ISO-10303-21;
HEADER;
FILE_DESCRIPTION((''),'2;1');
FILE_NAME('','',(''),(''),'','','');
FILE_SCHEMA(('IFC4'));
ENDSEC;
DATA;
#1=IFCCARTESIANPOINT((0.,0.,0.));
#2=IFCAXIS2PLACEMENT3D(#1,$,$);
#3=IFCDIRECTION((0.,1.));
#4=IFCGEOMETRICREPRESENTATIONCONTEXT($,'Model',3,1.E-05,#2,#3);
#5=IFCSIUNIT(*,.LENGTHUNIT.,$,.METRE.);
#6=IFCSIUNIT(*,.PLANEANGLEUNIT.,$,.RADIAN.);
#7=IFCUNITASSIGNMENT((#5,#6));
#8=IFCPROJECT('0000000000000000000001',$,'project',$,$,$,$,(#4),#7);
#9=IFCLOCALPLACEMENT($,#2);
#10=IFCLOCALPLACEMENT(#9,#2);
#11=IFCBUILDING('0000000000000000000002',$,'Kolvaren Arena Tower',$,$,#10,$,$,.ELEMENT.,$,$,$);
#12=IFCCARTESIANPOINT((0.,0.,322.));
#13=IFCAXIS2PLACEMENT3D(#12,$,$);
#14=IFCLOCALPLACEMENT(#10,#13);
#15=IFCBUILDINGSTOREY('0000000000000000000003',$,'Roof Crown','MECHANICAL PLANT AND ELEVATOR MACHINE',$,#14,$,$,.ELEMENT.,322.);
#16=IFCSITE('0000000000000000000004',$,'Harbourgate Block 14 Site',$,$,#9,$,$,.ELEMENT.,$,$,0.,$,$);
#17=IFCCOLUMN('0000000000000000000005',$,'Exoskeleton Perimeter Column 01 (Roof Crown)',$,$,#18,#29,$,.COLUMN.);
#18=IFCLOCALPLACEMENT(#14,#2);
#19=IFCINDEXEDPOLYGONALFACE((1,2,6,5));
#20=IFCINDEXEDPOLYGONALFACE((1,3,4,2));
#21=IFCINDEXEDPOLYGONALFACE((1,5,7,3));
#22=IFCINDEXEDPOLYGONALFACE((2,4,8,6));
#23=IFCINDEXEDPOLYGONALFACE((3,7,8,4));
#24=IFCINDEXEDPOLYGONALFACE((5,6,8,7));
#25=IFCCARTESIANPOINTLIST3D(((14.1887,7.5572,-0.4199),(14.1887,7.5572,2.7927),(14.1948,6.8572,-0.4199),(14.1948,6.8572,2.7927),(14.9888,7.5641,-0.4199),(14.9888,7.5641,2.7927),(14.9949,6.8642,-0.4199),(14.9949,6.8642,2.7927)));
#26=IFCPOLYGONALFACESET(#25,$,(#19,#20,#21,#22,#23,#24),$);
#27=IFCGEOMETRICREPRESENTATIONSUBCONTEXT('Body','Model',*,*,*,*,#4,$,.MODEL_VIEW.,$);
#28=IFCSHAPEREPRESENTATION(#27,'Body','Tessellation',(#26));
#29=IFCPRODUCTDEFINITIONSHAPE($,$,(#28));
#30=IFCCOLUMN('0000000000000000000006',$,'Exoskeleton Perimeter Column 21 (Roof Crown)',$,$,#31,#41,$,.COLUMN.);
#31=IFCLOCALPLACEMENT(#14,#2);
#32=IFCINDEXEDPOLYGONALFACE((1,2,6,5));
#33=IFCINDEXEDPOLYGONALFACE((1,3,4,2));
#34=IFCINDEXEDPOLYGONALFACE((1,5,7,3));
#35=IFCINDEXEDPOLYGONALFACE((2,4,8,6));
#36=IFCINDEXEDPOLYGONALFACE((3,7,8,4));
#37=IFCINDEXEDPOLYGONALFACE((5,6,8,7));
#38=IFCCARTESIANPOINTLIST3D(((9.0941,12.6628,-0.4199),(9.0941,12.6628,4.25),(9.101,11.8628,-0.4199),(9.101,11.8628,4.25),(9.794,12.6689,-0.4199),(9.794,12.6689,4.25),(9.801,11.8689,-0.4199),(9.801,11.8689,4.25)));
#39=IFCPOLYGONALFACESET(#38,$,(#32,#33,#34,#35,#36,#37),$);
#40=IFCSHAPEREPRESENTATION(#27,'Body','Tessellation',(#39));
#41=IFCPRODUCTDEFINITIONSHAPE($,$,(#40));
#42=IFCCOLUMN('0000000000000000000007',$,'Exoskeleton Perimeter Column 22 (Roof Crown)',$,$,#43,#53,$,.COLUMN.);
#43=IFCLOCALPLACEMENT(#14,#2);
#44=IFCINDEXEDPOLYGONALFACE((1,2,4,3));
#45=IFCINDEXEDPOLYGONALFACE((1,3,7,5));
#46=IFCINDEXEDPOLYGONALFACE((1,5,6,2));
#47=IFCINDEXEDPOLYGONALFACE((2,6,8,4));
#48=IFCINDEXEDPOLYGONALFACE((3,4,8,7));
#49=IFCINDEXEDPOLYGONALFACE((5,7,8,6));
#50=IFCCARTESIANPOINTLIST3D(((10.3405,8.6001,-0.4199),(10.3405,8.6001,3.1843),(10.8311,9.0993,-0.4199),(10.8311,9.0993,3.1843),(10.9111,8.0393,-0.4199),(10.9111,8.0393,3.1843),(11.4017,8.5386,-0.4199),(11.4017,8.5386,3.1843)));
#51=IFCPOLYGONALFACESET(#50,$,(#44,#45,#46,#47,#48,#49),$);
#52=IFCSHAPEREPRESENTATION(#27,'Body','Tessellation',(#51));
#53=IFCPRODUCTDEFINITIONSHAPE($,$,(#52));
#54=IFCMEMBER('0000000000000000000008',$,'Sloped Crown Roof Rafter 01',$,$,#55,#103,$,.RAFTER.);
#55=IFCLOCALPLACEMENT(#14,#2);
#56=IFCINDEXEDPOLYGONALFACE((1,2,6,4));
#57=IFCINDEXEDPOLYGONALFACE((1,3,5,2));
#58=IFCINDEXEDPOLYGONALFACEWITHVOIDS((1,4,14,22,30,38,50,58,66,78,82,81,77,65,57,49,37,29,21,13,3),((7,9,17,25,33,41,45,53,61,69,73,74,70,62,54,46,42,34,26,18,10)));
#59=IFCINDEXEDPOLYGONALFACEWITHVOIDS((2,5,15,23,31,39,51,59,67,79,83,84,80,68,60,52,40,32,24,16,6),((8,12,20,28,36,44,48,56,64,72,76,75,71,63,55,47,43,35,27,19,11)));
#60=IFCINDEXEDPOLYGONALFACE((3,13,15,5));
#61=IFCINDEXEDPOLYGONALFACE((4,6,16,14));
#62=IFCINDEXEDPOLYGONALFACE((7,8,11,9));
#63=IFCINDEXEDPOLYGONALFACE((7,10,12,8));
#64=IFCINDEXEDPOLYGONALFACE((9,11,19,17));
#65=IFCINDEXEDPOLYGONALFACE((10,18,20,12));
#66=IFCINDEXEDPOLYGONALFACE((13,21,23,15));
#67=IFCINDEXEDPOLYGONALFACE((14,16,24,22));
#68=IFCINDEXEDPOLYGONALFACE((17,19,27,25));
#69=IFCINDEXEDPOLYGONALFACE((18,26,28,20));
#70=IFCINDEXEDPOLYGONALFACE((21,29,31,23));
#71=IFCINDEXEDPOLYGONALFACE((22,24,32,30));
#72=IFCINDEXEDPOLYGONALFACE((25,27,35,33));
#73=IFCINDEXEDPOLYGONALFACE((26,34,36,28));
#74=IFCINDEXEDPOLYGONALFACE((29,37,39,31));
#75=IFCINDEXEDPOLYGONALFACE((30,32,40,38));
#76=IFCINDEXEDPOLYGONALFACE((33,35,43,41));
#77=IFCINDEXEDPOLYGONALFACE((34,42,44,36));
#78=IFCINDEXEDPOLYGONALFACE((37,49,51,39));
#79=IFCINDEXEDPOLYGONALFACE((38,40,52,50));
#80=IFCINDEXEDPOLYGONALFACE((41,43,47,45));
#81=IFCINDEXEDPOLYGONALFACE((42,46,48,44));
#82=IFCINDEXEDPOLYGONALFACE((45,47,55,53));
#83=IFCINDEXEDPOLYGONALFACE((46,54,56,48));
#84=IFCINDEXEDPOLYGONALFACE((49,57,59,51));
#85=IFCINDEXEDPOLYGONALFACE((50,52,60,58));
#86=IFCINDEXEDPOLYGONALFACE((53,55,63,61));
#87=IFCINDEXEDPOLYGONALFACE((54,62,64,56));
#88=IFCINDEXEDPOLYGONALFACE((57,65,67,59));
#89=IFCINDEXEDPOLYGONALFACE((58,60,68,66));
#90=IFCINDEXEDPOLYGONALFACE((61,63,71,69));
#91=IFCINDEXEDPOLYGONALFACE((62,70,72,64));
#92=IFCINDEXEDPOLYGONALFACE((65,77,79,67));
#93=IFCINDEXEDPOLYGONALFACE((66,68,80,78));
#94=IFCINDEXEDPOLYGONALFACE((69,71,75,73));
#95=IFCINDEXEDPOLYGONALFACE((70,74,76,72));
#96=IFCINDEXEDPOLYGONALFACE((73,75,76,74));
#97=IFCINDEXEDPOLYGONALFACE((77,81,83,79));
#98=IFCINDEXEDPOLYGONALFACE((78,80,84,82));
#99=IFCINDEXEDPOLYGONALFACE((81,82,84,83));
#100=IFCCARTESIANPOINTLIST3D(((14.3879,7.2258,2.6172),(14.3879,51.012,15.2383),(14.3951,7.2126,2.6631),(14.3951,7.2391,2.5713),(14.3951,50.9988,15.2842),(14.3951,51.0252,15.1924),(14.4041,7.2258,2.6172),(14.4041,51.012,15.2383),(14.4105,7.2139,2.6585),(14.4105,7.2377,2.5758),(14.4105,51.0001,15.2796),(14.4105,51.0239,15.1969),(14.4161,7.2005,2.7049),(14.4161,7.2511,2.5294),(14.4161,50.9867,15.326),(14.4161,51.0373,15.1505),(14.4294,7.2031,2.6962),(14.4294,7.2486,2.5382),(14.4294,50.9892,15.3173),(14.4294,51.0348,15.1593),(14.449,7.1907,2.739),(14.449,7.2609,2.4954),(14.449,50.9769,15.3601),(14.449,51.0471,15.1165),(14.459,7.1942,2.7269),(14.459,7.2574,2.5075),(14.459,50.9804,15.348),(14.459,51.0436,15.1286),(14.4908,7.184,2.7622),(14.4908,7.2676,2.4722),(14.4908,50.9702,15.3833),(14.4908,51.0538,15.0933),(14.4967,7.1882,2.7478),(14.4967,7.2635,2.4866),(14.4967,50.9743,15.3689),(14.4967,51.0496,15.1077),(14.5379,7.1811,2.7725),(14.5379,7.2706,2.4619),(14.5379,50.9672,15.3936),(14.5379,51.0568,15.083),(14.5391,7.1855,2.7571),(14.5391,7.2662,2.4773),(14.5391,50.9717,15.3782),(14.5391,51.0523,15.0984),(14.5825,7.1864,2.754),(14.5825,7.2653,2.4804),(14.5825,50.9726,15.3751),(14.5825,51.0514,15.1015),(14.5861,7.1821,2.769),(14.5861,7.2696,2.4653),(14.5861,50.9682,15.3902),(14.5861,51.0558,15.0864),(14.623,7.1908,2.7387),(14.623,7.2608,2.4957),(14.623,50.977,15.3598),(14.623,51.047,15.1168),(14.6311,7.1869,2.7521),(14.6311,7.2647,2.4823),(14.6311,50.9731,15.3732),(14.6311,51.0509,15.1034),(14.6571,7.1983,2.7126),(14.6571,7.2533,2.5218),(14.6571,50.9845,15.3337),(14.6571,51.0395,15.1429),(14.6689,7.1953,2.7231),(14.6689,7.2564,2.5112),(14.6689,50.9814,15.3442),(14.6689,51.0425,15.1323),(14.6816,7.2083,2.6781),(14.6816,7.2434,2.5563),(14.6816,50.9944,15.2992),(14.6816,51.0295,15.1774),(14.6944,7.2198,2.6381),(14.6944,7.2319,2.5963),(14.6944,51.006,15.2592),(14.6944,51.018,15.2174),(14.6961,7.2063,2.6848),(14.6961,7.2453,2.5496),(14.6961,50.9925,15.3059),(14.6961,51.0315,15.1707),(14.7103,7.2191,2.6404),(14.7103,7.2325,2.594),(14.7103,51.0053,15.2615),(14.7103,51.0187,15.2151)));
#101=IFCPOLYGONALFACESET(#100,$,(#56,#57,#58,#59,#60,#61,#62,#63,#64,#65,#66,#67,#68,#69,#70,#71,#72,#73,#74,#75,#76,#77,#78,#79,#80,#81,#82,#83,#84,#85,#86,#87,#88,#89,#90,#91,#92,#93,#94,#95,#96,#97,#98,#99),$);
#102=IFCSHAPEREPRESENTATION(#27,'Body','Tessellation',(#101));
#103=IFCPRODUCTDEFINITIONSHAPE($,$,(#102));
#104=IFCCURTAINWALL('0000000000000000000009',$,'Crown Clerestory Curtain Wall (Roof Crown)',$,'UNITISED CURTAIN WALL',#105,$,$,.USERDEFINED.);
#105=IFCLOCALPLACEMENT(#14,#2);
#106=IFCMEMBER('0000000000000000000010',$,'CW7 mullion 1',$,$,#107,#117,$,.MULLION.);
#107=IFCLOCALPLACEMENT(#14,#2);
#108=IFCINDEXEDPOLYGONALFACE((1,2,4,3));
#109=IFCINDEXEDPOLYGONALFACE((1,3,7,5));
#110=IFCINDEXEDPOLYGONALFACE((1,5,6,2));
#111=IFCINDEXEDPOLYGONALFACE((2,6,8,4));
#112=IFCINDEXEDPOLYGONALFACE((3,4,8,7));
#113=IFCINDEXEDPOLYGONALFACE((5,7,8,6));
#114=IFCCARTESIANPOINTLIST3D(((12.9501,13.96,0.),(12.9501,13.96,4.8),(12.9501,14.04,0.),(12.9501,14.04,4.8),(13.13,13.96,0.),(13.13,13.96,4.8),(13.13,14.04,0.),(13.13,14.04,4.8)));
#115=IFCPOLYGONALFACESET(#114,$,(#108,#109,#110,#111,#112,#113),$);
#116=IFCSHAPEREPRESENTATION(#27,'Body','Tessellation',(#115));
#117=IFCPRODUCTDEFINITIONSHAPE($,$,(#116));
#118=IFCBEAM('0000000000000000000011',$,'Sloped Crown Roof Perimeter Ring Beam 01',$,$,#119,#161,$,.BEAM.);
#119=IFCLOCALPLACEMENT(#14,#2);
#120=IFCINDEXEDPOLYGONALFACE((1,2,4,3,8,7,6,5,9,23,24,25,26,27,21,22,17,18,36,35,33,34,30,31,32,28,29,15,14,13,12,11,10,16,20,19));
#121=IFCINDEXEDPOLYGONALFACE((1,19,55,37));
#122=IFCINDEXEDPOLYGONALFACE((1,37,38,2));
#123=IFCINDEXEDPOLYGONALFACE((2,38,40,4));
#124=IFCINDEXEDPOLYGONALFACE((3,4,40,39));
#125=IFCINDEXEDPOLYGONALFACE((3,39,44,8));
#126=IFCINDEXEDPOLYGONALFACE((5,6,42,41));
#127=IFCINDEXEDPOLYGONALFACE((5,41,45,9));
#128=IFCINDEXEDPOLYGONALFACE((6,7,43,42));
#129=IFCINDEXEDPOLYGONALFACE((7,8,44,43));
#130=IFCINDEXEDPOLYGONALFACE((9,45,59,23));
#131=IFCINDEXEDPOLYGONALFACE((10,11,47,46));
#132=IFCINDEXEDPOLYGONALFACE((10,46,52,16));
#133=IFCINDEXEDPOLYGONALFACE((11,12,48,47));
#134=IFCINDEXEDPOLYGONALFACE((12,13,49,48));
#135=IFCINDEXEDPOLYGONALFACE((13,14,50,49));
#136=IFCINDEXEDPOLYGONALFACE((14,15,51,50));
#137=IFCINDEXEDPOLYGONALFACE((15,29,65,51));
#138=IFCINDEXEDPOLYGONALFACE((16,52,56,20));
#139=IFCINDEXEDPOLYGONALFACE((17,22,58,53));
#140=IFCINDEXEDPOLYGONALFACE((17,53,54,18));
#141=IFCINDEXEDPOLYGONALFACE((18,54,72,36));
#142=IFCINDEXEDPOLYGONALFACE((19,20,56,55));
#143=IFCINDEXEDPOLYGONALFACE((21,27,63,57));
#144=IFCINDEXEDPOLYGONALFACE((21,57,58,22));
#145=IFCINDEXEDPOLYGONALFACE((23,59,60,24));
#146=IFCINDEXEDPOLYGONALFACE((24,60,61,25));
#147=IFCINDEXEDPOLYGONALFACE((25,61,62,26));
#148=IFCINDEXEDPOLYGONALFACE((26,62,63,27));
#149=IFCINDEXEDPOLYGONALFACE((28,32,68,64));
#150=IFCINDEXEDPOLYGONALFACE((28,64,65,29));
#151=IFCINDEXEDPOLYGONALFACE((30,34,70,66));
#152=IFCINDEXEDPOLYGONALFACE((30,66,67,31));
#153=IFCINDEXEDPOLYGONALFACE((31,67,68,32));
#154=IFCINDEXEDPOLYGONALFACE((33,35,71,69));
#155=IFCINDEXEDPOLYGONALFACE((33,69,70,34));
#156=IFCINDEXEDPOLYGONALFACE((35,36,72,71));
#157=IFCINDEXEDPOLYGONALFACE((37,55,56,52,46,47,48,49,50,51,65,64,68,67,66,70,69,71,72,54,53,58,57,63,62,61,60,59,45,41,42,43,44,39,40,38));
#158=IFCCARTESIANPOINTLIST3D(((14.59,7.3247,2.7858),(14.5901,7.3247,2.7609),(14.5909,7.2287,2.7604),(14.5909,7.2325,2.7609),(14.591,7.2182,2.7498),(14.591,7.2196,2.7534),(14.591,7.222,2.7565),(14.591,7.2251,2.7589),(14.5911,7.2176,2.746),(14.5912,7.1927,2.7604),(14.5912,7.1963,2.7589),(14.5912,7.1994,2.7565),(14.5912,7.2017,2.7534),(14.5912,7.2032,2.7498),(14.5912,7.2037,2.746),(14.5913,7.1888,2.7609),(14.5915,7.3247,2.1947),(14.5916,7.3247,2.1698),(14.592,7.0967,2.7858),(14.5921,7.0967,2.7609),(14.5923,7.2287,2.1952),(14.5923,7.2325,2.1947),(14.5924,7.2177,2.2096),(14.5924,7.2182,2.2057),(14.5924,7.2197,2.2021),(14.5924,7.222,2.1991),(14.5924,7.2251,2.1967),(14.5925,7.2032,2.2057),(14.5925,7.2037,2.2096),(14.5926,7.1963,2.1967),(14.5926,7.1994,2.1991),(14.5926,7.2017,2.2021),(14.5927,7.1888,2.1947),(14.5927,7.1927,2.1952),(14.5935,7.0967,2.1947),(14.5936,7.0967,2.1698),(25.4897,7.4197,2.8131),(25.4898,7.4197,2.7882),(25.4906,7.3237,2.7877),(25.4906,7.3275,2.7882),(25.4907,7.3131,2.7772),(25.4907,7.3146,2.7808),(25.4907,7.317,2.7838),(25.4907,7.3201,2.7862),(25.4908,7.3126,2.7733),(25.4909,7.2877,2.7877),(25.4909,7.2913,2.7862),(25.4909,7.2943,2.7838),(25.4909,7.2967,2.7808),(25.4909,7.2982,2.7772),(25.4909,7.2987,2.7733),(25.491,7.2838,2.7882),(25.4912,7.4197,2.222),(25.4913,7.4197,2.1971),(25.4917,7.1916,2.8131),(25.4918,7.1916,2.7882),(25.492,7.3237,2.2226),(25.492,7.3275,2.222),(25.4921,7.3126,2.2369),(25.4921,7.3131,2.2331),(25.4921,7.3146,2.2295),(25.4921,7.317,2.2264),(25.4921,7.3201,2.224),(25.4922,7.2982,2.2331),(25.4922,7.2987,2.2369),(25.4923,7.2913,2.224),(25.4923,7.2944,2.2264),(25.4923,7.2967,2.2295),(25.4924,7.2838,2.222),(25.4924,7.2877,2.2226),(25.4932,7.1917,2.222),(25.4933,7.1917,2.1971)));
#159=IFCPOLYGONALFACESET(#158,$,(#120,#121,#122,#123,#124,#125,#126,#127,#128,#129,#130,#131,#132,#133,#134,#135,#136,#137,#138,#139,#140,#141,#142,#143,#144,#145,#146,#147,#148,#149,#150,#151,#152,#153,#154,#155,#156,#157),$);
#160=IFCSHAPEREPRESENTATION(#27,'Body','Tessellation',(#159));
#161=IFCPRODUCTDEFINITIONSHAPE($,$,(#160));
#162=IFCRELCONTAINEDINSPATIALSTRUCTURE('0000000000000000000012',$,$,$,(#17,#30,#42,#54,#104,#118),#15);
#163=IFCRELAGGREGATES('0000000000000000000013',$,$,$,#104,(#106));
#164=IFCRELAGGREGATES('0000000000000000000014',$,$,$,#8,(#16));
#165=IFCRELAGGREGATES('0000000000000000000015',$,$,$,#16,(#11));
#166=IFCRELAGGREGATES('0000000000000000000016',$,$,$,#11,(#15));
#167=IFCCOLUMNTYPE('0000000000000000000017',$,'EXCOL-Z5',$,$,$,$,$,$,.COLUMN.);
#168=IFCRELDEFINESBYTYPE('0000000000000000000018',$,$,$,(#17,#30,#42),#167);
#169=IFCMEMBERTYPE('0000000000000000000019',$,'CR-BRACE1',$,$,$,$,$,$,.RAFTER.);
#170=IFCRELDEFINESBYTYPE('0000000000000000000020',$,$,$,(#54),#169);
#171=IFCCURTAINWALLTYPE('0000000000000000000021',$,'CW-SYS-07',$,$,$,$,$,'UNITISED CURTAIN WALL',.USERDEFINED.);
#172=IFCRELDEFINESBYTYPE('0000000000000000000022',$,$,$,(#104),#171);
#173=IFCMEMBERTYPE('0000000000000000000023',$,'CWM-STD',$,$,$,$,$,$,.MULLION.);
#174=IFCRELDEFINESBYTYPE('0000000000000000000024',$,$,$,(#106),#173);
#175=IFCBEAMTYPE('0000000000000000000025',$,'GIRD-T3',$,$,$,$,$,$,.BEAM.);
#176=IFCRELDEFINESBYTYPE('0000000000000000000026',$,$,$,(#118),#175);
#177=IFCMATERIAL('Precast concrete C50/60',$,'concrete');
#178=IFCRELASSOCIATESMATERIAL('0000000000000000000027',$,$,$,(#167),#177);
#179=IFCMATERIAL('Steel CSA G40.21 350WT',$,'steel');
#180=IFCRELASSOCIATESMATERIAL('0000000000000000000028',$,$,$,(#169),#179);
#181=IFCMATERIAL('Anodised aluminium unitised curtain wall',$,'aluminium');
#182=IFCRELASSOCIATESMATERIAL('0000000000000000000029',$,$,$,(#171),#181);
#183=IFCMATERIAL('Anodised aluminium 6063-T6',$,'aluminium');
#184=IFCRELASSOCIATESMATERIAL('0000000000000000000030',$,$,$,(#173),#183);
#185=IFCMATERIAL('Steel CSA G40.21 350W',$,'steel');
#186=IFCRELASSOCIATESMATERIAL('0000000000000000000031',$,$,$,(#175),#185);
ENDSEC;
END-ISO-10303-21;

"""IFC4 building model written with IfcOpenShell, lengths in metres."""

from ifc_helpers import new_model, si_unit, direction, frame, origin, origin_2d, place, context, subcontext, project, spatial, rectangle, hollow_circle, i_section, extrude, material, material_profile, profile_set, type_object, element, aggregate, save


model = new_model("IFC4")

# Units and contexts
model_context = context("Model", 3, precision=1e-05, world=origin(), true_north=direction((0.0, 1.0)))
body_context = subcontext(model_context, "Body", "Model", "MODEL_VIEW")
ifc_project = project(units=[si_unit("LENGTHUNIT", "METRE"), si_unit("PLANEANGLEUNIT", "RADIAN")], contexts=[model_context])

# Site, building, storey
site_placement = place(None, origin())
site = spatial("IfcSite", under=ifc_project, at=site_placement, Name="Harbourgate Block 14 Site", CompositionType="ELEMENT", RefElevation=0.0)
building_placement = place(site_placement, origin())
building = spatial("IfcBuilding", under=site, at=building_placement, Name="Kolvaren Arena Tower", CompositionType="ELEMENT")
storey_placement = place(building_placement, frame((0.0, 0.0, 322.0)))
storey = spatial("IfcBuildingStorey", under=building, at=storey_placement, Name="Roof Crown", Description="MECHANICAL PLANT AND ELEVATOR MACHINE", CompositionType="ELEMENT", Elevation=322.0)

# Columns
ifc_material_1 = material(Name="Precast concrete C50/60", Category="concrete")
ifc_material_profile_1 = material_profile(ifc_material_1, rectangle(XDim=0.8, YDim=0.7, at=origin_2d()), Name="RC-800x700")
ifc_profile_set_1 = profile_set([ifc_material_profile_1], Name="Precast concrete C50/60")
column_type = type_object("IfcColumnType", Name="EXCOL-Z5", PredefinedType="COLUMN", material=ifc_profile_set_1)
column_1_placement = place(storey_placement, frame((14.5918, 7.2107, -0.4199), z_axis=(0.0, 0.0, 1.0), x_axis=(0.999962, 0.008727, 0.0)))
element("IfcColumn", 1, at=column_1_placement, inside=storey, type_object=column_type, Name="Exoskeleton Perimeter Column 01 (Roof Crown)", PredefinedType="COLUMN", context=body_context, shape_type="SweptSolid", body=[
    extrude(rectangle(XDim=0.8, YDim=0.7, at=origin_2d()), origin(), (0.0, 0.0, 1.0), 3.2126),
])
column_2_placement = place(storey_placement, frame((9.4475, 12.2659, -0.4199), z_axis=(0.0, 0.0, 1.0), x_axis=(-0.008727, 0.999962, 0.0)))
element("IfcColumn", 2, at=column_2_placement, inside=storey, type_object=column_type, Name="Exoskeleton Perimeter Column 21 (Roof Crown)", PredefinedType="COLUMN", context=body_context, shape_type="SweptSolid", body=[
    extrude(rectangle(XDim=0.8, YDim=0.7, at=origin_2d()), origin(), (0.0, 0.0, 1.0), 4.6699),
])
column_3_placement = place(storey_placement, frame((10.8711, 8.5693, -0.4199), z_axis=(0.0, 0.0, 1.0), x_axis=(-0.71325, 0.700909, 0.0)))
element("IfcColumn", 3, at=column_3_placement, inside=storey, type_object=column_type, Name="Exoskeleton Perimeter Column 22 (Roof Crown)", PredefinedType="COLUMN", context=body_context, shape_type="SweptSolid", body=[
    extrude(rectangle(XDim=0.8, YDim=0.7, at=origin_2d()), origin(), (0.0, 0.0, 1.0), 3.6042),
])

# Member
ifc_material_2 = material(Name="Steel CSA G40.21 350WT", Category="steel")
ifc_material_profile_2 = material_profile(ifc_material_2, hollow_circle(Radius=0.1621, WallThickness=0.0161, at=origin_2d()), Name="CHS 324x16")
ifc_profile_set_2 = profile_set([ifc_material_profile_2], Name="Steel CSA G40.21 350WT")
member_type_1 = type_object("IfcMemberType", Name="CR-BRACE1", PredefinedType="RAFTER", material=ifc_profile_set_2)
member_1_placement = place(storey_placement, frame((14.55, 7.2258, 2.6172), z_axis=(0.0, 0.960879, 0.276968), x_axis=(-1.0, 0.0, 0.0)))
element("IfcMember", 4, at=member_1_placement, inside=storey, type_object=member_type_1, Name="Sloped Crown Roof Rafter 01", PredefinedType="RAFTER", context=body_context, shape_type="SweptSolid", body=[
    extrude(hollow_circle(Radius=0.1621, WallThickness=0.0161, at=origin_2d()), origin(), (0.0, 0.0, 1.0), 45.5688),
])

# Curtain wall, member
ifc_material_3 = material(Name="Anodised aluminium unitised curtain wall", Category="aluminium")
curtain_wall_type = type_object("IfcCurtainWallType", Name="CW-SYS-07", ElementType="UNITISED CURTAIN WALL", PredefinedType="USERDEFINED", material=ifc_material_3)
curtain_wall_placement = place(storey_placement, origin())
curtain_wall = element("IfcCurtainWall", 5, at=curtain_wall_placement, inside=storey, type_object=curtain_wall_type, Name="Crown Clerestory Curtain Wall (Roof Crown)", ObjectType="UNITISED CURTAIN WALL", PredefinedType="USERDEFINED")
ifc_material_4 = material(Name="Anodised aluminium 6063-T6", Category="aluminium")
ifc_material_profile_3 = material_profile(ifc_material_4, rectangle(XDim=0.0801, YDim=0.1799, at=origin_2d()), Name="ALU-80x180")
ifc_profile_set_3 = profile_set([ifc_material_profile_3], Name="Anodised aluminium 6063-T6")
member_type_2 = type_object("IfcMemberType", Name="CWM-STD", PredefinedType="MULLION", material=ifc_profile_set_3)
member_2_placement = place(storey_placement, frame((13.04, 14.0, 0.0), z_axis=(0.0, 0.0, 1.0), x_axis=(0.0, 1.0, 0.0)))
member_2 = element("IfcMember", 6, at=member_2_placement, type_object=member_type_2, Name="CW7 mullion 1", PredefinedType="MULLION", context=body_context, shape_type="SweptSolid", body=[
    extrude(rectangle(XDim=0.0801, YDim=0.1799, at=origin_2d()), origin(), (0.0, 0.0, 1.0), 4.8),
])
aggregate(curtain_wall, [member_2])

# Beam
ifc_material_5 = material(Name="Steel CSA G40.21 350W", Category="steel")
ifc_material_profile_4 = material_profile(ifc_material_5, i_section(OverallWidth=0.228, OverallDepth=0.616, WebThickness=0.0139, FlangeThickness=0.0249, FilletRadius=0.0149, at=origin_2d()), Name="W610x174")
ifc_profile_set_4 = profile_set([ifc_material_profile_4], Name="Steel CSA G40.21 350W")
beam_type = type_object("IfcBeamType", Name="GIRD-T3", PredefinedType="BEAM", material=ifc_profile_set_4)
beam_1_placement = place(storey_placement, frame((14.5918, 7.2107, 2.4778), z_axis=(0.999959, 0.008713, 0.002509), x_axis=(-0.008713, 0.999962, 0.0)))
element("IfcBeam", 7, at=beam_1_placement, inside=storey, type_object=beam_type, Name="Sloped Crown Roof Perimeter Ring Beam 01", PredefinedType="BEAM", context=body_context, shape_type="SweptSolid", body=[
    extrude(i_section(OverallWidth=0.228, OverallDepth=0.616, WebThickness=0.0139, FlangeThickness=0.0249, FilletRadius=0.0149, at=origin_2d()), origin(), (0.0, 0.0, 1.0), 10.9001),
])

save(model, "model.ifc")
